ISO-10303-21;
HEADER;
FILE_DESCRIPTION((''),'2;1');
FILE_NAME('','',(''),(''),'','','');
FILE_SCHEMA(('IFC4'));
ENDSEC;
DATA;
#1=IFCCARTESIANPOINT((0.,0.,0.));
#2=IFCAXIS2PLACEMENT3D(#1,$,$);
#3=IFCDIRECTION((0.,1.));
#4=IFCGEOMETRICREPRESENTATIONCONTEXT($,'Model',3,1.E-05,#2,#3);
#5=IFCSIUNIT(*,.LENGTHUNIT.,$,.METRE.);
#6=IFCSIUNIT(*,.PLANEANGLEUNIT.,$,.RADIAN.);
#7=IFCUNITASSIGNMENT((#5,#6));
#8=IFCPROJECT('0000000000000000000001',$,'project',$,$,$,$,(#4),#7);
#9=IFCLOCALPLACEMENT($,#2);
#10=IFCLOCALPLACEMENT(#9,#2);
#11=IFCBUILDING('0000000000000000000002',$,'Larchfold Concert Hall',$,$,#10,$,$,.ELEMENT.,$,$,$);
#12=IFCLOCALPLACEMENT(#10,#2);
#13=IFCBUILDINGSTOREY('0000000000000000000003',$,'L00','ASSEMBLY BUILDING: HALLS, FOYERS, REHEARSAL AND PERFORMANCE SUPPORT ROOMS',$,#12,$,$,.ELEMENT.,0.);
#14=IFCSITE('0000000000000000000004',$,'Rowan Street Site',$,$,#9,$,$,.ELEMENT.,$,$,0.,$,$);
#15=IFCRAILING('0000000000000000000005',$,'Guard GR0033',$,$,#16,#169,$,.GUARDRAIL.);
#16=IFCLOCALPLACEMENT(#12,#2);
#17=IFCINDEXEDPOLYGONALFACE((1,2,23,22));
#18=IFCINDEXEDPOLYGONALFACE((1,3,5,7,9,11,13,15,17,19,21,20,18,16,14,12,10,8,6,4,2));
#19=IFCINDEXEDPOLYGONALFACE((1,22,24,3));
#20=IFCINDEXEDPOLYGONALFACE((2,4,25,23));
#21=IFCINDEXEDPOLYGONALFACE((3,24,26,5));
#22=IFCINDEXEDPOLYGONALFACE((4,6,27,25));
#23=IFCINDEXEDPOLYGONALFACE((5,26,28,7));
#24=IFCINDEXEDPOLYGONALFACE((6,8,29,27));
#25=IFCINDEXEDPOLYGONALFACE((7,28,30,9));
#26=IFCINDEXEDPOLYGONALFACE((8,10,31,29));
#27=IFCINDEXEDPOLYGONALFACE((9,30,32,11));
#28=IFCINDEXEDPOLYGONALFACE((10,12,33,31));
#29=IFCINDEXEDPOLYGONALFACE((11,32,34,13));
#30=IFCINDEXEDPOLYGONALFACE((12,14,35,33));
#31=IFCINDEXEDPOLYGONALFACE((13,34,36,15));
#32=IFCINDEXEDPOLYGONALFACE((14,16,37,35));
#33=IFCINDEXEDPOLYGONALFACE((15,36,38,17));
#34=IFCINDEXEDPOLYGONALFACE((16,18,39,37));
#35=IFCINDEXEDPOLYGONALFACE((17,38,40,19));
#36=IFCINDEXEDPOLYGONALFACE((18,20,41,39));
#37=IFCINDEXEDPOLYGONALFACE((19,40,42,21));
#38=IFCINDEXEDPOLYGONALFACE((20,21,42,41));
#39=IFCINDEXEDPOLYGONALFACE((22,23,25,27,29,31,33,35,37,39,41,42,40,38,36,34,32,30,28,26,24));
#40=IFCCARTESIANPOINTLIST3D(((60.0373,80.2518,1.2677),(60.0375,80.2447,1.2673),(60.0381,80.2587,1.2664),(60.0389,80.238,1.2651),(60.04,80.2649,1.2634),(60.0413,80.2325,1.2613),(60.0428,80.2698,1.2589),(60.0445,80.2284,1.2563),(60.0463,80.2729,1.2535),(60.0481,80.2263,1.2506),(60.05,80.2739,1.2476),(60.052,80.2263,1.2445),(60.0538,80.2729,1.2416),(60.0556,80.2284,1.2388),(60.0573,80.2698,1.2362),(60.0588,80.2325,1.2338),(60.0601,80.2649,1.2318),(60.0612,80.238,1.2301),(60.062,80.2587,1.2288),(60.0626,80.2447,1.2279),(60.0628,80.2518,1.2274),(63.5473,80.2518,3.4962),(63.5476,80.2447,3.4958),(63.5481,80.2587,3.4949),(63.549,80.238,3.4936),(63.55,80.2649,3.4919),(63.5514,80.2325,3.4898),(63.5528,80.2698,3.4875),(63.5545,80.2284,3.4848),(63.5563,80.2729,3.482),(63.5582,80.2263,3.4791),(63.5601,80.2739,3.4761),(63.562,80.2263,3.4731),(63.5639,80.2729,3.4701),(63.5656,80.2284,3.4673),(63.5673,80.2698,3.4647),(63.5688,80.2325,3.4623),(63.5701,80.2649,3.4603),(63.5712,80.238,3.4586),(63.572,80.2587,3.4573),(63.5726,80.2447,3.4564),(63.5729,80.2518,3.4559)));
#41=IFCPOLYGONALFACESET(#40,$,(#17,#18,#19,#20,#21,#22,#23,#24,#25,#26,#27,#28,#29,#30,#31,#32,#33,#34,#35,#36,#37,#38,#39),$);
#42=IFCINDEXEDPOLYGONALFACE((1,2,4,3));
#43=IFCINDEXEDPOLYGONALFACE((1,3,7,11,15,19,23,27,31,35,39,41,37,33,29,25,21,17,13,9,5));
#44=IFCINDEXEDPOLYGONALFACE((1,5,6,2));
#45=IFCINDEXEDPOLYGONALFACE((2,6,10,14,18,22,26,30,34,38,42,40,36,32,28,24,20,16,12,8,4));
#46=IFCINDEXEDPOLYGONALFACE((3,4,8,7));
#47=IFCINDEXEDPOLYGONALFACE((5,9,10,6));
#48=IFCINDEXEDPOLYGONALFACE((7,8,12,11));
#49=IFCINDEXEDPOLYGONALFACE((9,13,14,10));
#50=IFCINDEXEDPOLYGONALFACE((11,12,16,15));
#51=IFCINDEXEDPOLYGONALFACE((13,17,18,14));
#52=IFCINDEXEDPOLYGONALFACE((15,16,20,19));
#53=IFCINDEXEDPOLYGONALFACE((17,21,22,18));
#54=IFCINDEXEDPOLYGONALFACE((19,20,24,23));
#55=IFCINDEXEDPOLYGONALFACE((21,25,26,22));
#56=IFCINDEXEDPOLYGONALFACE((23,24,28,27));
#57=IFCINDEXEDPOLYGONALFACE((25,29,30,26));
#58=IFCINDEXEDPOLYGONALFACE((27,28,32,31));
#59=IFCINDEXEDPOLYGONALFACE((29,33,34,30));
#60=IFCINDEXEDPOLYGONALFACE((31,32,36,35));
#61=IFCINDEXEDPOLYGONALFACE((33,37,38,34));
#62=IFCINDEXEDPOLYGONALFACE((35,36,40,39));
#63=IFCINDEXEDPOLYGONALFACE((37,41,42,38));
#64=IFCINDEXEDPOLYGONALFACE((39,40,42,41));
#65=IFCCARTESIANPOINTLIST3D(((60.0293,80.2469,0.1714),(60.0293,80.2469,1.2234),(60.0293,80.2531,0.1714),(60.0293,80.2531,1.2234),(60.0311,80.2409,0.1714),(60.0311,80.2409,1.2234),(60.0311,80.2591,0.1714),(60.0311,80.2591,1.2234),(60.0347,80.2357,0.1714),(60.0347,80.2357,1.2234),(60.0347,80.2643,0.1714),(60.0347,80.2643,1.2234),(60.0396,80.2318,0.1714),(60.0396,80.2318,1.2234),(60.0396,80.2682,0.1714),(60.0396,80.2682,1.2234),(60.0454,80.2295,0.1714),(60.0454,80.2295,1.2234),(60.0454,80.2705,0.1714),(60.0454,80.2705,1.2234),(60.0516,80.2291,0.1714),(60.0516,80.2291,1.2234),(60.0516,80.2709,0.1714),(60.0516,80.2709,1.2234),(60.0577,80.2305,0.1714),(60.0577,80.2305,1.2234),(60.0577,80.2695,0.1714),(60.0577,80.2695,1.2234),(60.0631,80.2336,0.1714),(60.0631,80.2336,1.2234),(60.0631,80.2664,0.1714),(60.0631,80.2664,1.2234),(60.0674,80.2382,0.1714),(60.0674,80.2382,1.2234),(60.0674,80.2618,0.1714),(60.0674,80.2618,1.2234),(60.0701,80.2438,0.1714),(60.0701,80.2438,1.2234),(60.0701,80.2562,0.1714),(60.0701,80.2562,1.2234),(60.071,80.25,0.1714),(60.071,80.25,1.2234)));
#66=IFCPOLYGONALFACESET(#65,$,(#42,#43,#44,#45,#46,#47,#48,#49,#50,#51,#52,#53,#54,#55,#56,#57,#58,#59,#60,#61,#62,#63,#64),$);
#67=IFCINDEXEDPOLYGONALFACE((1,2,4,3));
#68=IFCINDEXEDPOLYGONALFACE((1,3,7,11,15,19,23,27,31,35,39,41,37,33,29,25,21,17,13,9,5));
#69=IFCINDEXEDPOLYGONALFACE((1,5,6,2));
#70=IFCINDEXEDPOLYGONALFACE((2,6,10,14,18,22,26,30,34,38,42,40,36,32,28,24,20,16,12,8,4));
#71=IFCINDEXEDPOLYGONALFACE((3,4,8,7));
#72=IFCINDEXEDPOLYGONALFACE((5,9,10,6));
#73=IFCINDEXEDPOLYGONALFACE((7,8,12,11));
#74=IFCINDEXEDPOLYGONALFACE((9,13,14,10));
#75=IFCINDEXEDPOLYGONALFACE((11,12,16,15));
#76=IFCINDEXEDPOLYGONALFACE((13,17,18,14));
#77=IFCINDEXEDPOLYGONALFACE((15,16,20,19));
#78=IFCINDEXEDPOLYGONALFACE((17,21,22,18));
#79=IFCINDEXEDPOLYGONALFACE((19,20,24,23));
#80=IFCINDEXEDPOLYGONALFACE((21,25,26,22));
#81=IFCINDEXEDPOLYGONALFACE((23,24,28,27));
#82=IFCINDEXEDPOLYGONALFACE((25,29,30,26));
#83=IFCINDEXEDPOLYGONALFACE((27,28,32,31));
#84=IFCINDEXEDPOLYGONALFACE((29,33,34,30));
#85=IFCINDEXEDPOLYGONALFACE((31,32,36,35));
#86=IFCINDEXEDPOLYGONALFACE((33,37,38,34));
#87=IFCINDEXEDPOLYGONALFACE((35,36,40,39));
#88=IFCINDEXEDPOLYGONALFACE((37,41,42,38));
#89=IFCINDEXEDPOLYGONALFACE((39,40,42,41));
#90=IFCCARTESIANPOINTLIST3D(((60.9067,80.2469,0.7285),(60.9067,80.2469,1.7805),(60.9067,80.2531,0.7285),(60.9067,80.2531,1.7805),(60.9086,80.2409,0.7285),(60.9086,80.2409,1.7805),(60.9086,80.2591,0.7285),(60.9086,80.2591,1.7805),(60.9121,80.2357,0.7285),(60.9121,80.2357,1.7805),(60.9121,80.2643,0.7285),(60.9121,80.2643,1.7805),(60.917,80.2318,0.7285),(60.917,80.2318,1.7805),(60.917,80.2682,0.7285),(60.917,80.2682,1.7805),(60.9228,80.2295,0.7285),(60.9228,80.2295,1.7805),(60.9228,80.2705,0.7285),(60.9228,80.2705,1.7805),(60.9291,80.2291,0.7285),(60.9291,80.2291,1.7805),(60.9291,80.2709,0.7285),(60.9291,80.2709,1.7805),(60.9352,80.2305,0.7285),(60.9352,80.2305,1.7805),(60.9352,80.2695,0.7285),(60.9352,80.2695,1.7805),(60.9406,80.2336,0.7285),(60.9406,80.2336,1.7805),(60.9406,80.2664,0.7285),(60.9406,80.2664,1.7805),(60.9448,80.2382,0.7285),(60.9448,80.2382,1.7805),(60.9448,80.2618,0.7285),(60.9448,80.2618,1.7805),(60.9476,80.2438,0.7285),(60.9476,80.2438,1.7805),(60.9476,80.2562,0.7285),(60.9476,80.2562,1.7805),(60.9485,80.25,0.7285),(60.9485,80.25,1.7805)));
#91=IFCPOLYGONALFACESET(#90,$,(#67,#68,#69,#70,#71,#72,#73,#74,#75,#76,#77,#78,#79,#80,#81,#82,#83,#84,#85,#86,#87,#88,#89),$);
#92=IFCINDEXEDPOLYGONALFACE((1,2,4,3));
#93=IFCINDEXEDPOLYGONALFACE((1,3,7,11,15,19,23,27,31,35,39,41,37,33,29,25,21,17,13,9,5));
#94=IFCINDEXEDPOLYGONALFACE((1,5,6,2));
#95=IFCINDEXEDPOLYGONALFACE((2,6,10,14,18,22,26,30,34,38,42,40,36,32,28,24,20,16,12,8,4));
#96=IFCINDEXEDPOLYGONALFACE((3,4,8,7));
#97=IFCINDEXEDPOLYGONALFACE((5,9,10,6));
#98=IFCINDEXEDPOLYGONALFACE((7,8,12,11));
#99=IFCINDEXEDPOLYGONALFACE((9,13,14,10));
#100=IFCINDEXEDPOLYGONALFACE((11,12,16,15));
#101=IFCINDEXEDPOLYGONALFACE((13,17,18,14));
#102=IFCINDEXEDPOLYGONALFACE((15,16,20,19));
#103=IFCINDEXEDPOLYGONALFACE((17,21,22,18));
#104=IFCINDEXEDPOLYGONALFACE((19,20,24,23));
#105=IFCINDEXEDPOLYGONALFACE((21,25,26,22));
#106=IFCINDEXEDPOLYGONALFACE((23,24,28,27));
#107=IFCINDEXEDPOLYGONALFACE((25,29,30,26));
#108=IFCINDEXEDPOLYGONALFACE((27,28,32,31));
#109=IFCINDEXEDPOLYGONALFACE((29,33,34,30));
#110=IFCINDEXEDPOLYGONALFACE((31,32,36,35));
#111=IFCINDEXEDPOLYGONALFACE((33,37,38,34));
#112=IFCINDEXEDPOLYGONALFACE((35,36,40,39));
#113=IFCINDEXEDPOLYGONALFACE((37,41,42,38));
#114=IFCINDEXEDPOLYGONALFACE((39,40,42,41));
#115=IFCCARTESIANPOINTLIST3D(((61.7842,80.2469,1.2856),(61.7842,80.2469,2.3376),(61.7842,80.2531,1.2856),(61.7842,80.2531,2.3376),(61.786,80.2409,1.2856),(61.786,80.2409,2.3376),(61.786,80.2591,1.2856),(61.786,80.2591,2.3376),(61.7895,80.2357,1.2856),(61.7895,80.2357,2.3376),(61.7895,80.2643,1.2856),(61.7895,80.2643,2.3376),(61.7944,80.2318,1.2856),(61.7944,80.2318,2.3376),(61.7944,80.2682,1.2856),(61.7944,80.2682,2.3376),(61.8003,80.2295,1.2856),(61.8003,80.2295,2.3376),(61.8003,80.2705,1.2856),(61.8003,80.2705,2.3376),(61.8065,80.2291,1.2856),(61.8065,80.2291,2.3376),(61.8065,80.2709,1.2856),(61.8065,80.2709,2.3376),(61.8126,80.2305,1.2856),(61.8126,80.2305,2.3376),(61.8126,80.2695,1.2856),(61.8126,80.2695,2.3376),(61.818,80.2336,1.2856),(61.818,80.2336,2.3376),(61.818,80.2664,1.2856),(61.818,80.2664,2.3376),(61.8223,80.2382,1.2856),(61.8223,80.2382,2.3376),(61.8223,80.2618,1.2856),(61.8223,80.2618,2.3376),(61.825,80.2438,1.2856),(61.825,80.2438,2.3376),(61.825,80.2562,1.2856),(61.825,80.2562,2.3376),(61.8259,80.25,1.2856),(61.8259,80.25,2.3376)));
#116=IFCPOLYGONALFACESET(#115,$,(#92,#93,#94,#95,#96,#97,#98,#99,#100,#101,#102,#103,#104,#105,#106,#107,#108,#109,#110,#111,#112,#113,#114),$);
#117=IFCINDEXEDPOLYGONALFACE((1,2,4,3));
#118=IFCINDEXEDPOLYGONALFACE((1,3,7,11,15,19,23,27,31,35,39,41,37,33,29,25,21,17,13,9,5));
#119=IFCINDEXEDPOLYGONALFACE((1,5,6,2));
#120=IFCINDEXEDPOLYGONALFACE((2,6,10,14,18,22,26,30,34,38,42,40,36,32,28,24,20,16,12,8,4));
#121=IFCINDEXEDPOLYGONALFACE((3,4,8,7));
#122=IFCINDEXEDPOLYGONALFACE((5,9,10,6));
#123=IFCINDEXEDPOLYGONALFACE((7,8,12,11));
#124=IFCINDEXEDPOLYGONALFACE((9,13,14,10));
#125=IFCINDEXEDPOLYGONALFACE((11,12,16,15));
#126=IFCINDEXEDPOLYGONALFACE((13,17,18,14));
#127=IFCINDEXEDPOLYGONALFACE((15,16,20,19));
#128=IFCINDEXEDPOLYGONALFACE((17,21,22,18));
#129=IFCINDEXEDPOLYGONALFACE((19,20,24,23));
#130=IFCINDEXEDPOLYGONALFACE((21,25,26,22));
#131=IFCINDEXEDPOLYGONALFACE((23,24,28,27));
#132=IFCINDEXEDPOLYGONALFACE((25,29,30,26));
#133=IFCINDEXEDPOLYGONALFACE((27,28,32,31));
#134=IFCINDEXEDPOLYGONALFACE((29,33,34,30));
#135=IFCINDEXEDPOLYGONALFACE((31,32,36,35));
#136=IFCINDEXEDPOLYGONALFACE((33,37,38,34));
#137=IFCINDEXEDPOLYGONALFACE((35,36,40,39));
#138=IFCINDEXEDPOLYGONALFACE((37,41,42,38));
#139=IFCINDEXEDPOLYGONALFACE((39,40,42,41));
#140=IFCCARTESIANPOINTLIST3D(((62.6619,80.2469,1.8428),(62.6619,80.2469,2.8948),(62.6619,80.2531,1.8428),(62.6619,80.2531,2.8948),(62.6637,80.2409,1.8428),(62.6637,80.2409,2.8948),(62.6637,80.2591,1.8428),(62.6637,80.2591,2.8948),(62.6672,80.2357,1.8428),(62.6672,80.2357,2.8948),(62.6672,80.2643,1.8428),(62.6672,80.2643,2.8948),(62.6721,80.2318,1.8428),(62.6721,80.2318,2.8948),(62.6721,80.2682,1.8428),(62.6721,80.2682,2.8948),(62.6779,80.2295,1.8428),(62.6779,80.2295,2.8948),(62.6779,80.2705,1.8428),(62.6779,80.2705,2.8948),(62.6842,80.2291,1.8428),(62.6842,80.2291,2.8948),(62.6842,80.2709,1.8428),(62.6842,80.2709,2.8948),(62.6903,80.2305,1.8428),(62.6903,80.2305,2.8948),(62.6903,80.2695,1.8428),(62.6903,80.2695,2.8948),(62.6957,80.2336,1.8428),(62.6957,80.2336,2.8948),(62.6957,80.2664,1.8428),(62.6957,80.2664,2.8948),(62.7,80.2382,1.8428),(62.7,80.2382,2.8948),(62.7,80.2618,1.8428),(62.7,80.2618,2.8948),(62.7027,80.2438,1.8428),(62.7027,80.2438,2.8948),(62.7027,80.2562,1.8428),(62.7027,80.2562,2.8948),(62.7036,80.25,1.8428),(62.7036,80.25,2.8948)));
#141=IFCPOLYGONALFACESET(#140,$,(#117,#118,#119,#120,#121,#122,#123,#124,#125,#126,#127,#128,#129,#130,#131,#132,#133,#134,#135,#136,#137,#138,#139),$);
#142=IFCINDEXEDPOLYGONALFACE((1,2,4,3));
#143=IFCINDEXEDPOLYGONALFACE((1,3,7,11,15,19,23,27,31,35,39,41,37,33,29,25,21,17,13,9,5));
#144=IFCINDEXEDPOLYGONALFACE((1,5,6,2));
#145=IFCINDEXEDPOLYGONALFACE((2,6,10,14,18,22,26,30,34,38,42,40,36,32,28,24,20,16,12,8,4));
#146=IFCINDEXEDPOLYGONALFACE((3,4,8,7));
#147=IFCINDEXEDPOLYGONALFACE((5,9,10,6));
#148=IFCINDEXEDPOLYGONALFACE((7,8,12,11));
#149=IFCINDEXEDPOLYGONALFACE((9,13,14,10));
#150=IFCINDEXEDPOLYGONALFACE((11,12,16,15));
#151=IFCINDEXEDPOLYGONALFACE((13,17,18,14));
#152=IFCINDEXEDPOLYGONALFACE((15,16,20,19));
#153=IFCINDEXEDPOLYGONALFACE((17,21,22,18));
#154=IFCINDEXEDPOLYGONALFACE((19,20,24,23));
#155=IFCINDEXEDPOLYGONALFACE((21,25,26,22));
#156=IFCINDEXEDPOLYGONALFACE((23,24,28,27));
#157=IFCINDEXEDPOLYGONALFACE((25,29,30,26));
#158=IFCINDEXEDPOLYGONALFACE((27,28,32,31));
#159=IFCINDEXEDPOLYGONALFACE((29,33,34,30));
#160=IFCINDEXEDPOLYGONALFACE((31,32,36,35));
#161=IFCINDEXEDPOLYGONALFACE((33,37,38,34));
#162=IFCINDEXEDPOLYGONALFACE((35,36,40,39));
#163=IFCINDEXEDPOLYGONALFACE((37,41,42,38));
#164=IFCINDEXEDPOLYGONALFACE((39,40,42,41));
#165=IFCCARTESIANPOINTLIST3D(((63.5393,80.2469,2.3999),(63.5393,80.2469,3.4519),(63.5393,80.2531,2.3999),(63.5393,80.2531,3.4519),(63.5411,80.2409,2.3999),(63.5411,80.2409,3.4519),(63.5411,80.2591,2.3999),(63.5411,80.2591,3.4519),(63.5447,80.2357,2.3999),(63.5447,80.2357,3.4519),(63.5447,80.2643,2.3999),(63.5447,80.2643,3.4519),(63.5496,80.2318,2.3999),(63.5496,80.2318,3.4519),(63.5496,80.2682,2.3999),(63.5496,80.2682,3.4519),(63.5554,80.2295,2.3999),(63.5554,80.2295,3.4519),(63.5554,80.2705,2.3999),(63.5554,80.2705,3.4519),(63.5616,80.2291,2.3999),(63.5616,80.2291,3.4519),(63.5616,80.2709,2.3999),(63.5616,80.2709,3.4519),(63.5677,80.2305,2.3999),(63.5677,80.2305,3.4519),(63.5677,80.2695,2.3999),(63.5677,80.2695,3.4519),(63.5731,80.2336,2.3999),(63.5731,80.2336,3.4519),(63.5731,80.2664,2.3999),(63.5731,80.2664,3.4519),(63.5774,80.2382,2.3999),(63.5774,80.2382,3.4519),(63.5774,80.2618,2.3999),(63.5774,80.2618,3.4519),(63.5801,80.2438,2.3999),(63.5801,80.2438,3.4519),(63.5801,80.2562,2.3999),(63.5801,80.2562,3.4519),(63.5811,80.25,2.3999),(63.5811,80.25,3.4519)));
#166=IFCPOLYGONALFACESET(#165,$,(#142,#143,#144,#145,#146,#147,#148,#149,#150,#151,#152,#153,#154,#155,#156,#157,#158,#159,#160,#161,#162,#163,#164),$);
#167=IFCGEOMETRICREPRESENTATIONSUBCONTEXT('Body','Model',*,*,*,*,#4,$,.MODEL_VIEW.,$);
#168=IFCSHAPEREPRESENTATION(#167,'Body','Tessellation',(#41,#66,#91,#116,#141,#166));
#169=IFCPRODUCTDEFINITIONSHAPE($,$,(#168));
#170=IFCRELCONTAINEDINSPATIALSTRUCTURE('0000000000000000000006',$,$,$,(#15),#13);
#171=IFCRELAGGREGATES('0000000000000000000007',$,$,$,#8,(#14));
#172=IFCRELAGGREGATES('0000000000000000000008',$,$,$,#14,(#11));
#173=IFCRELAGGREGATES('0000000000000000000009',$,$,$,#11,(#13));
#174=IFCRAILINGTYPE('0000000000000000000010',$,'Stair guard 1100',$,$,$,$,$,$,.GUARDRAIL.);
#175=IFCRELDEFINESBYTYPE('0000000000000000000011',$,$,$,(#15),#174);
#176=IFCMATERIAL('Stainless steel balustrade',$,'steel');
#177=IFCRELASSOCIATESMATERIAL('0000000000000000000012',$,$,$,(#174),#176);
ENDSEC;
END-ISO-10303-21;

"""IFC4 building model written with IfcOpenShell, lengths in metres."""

from ifc_helpers import new_model, si_unit, direction, frame, origin, origin_2d, place, context, subcontext, project, spatial, circle, extrude, material, type_object, element, save


model = new_model("IFC4")

# Units and contexts
model_context = context("Model", 3, precision=1e-05, world=origin(), true_north=direction((0.0, 1.0)))
body_context = subcontext(model_context, "Body", "Model", "MODEL_VIEW")
ifc_project = project(units=[si_unit("LENGTHUNIT", "METRE"), si_unit("PLANEANGLEUNIT", "RADIAN")], contexts=[model_context])

# Site, building, storey
site_placement = place(None, origin())
site = spatial("IfcSite", under=ifc_project, at=site_placement, Name="Rowan Street Site", CompositionType="ELEMENT", RefElevation=0.0)
building_placement = place(site_placement, origin())
building = spatial("IfcBuilding", under=site, at=building_placement, Name="Larchfold Concert Hall", CompositionType="ELEMENT")
storey_placement = place(building_placement, origin())
storey = spatial("IfcBuildingStorey", under=building, at=storey_placement, Name="L00", Description="ASSEMBLY BUILDING: HALLS, FOYERS, REHEARSAL AND PERFORMANCE SUPPORT ROOMS", CompositionType="ELEMENT", Elevation=0.0)

# Railing
ifc_material_1 = material(Name="Stainless steel balustrade", Category="steel")
railing_type_1 = type_object("IfcRailingType", Name="Stair guard 1100", PredefinedType="GUARDRAIL", material=ifc_material_1)
railing_1_placement = place(storey_placement, frame((60.05, 80.25, 0.1714)))
element("IfcRailing", 1, at=railing_1_placement, inside=storey, type_object=railing_type_1, Name="Guard GR0033", PredefinedType="GUARDRAIL", context=body_context, shape_type="SweptSolid", body=[
    extrude(circle(Radius=0.0239, at=origin_2d()), frame((0.0, 0.0, 1.0762), z_axis=(0.84422, 0.0, 0.535998), x_axis=(0.0, 1.0, 0.0)), (0.0, 0.0, 1.0), 4.1577),
    extrude(circle(Radius=0.021, at=origin_2d()), origin(), (0.0, 0.0, 1.0), 1.052),
    extrude(circle(Radius=0.021, at=origin_2d()), frame((0.8774, 0.0, 0.5571)), (0.0, 0.0, 1.0), 1.052),
    extrude(circle(Radius=0.021, at=origin_2d()), frame((1.7549, 0.0, 1.1143)), (0.0, 0.0, 1.0), 1.052),
    extrude(circle(Radius=0.021, at=origin_2d()), frame((2.6326, 0.0, 1.6714)), (0.0, 0.0, 1.0), 1.052),
    extrude(circle(Radius=0.021, at=origin_2d()), frame((3.51, 0.0, 2.2285)), (0.0, 0.0, 1.0), 1.052),
])

save(model, "model.ifc")
